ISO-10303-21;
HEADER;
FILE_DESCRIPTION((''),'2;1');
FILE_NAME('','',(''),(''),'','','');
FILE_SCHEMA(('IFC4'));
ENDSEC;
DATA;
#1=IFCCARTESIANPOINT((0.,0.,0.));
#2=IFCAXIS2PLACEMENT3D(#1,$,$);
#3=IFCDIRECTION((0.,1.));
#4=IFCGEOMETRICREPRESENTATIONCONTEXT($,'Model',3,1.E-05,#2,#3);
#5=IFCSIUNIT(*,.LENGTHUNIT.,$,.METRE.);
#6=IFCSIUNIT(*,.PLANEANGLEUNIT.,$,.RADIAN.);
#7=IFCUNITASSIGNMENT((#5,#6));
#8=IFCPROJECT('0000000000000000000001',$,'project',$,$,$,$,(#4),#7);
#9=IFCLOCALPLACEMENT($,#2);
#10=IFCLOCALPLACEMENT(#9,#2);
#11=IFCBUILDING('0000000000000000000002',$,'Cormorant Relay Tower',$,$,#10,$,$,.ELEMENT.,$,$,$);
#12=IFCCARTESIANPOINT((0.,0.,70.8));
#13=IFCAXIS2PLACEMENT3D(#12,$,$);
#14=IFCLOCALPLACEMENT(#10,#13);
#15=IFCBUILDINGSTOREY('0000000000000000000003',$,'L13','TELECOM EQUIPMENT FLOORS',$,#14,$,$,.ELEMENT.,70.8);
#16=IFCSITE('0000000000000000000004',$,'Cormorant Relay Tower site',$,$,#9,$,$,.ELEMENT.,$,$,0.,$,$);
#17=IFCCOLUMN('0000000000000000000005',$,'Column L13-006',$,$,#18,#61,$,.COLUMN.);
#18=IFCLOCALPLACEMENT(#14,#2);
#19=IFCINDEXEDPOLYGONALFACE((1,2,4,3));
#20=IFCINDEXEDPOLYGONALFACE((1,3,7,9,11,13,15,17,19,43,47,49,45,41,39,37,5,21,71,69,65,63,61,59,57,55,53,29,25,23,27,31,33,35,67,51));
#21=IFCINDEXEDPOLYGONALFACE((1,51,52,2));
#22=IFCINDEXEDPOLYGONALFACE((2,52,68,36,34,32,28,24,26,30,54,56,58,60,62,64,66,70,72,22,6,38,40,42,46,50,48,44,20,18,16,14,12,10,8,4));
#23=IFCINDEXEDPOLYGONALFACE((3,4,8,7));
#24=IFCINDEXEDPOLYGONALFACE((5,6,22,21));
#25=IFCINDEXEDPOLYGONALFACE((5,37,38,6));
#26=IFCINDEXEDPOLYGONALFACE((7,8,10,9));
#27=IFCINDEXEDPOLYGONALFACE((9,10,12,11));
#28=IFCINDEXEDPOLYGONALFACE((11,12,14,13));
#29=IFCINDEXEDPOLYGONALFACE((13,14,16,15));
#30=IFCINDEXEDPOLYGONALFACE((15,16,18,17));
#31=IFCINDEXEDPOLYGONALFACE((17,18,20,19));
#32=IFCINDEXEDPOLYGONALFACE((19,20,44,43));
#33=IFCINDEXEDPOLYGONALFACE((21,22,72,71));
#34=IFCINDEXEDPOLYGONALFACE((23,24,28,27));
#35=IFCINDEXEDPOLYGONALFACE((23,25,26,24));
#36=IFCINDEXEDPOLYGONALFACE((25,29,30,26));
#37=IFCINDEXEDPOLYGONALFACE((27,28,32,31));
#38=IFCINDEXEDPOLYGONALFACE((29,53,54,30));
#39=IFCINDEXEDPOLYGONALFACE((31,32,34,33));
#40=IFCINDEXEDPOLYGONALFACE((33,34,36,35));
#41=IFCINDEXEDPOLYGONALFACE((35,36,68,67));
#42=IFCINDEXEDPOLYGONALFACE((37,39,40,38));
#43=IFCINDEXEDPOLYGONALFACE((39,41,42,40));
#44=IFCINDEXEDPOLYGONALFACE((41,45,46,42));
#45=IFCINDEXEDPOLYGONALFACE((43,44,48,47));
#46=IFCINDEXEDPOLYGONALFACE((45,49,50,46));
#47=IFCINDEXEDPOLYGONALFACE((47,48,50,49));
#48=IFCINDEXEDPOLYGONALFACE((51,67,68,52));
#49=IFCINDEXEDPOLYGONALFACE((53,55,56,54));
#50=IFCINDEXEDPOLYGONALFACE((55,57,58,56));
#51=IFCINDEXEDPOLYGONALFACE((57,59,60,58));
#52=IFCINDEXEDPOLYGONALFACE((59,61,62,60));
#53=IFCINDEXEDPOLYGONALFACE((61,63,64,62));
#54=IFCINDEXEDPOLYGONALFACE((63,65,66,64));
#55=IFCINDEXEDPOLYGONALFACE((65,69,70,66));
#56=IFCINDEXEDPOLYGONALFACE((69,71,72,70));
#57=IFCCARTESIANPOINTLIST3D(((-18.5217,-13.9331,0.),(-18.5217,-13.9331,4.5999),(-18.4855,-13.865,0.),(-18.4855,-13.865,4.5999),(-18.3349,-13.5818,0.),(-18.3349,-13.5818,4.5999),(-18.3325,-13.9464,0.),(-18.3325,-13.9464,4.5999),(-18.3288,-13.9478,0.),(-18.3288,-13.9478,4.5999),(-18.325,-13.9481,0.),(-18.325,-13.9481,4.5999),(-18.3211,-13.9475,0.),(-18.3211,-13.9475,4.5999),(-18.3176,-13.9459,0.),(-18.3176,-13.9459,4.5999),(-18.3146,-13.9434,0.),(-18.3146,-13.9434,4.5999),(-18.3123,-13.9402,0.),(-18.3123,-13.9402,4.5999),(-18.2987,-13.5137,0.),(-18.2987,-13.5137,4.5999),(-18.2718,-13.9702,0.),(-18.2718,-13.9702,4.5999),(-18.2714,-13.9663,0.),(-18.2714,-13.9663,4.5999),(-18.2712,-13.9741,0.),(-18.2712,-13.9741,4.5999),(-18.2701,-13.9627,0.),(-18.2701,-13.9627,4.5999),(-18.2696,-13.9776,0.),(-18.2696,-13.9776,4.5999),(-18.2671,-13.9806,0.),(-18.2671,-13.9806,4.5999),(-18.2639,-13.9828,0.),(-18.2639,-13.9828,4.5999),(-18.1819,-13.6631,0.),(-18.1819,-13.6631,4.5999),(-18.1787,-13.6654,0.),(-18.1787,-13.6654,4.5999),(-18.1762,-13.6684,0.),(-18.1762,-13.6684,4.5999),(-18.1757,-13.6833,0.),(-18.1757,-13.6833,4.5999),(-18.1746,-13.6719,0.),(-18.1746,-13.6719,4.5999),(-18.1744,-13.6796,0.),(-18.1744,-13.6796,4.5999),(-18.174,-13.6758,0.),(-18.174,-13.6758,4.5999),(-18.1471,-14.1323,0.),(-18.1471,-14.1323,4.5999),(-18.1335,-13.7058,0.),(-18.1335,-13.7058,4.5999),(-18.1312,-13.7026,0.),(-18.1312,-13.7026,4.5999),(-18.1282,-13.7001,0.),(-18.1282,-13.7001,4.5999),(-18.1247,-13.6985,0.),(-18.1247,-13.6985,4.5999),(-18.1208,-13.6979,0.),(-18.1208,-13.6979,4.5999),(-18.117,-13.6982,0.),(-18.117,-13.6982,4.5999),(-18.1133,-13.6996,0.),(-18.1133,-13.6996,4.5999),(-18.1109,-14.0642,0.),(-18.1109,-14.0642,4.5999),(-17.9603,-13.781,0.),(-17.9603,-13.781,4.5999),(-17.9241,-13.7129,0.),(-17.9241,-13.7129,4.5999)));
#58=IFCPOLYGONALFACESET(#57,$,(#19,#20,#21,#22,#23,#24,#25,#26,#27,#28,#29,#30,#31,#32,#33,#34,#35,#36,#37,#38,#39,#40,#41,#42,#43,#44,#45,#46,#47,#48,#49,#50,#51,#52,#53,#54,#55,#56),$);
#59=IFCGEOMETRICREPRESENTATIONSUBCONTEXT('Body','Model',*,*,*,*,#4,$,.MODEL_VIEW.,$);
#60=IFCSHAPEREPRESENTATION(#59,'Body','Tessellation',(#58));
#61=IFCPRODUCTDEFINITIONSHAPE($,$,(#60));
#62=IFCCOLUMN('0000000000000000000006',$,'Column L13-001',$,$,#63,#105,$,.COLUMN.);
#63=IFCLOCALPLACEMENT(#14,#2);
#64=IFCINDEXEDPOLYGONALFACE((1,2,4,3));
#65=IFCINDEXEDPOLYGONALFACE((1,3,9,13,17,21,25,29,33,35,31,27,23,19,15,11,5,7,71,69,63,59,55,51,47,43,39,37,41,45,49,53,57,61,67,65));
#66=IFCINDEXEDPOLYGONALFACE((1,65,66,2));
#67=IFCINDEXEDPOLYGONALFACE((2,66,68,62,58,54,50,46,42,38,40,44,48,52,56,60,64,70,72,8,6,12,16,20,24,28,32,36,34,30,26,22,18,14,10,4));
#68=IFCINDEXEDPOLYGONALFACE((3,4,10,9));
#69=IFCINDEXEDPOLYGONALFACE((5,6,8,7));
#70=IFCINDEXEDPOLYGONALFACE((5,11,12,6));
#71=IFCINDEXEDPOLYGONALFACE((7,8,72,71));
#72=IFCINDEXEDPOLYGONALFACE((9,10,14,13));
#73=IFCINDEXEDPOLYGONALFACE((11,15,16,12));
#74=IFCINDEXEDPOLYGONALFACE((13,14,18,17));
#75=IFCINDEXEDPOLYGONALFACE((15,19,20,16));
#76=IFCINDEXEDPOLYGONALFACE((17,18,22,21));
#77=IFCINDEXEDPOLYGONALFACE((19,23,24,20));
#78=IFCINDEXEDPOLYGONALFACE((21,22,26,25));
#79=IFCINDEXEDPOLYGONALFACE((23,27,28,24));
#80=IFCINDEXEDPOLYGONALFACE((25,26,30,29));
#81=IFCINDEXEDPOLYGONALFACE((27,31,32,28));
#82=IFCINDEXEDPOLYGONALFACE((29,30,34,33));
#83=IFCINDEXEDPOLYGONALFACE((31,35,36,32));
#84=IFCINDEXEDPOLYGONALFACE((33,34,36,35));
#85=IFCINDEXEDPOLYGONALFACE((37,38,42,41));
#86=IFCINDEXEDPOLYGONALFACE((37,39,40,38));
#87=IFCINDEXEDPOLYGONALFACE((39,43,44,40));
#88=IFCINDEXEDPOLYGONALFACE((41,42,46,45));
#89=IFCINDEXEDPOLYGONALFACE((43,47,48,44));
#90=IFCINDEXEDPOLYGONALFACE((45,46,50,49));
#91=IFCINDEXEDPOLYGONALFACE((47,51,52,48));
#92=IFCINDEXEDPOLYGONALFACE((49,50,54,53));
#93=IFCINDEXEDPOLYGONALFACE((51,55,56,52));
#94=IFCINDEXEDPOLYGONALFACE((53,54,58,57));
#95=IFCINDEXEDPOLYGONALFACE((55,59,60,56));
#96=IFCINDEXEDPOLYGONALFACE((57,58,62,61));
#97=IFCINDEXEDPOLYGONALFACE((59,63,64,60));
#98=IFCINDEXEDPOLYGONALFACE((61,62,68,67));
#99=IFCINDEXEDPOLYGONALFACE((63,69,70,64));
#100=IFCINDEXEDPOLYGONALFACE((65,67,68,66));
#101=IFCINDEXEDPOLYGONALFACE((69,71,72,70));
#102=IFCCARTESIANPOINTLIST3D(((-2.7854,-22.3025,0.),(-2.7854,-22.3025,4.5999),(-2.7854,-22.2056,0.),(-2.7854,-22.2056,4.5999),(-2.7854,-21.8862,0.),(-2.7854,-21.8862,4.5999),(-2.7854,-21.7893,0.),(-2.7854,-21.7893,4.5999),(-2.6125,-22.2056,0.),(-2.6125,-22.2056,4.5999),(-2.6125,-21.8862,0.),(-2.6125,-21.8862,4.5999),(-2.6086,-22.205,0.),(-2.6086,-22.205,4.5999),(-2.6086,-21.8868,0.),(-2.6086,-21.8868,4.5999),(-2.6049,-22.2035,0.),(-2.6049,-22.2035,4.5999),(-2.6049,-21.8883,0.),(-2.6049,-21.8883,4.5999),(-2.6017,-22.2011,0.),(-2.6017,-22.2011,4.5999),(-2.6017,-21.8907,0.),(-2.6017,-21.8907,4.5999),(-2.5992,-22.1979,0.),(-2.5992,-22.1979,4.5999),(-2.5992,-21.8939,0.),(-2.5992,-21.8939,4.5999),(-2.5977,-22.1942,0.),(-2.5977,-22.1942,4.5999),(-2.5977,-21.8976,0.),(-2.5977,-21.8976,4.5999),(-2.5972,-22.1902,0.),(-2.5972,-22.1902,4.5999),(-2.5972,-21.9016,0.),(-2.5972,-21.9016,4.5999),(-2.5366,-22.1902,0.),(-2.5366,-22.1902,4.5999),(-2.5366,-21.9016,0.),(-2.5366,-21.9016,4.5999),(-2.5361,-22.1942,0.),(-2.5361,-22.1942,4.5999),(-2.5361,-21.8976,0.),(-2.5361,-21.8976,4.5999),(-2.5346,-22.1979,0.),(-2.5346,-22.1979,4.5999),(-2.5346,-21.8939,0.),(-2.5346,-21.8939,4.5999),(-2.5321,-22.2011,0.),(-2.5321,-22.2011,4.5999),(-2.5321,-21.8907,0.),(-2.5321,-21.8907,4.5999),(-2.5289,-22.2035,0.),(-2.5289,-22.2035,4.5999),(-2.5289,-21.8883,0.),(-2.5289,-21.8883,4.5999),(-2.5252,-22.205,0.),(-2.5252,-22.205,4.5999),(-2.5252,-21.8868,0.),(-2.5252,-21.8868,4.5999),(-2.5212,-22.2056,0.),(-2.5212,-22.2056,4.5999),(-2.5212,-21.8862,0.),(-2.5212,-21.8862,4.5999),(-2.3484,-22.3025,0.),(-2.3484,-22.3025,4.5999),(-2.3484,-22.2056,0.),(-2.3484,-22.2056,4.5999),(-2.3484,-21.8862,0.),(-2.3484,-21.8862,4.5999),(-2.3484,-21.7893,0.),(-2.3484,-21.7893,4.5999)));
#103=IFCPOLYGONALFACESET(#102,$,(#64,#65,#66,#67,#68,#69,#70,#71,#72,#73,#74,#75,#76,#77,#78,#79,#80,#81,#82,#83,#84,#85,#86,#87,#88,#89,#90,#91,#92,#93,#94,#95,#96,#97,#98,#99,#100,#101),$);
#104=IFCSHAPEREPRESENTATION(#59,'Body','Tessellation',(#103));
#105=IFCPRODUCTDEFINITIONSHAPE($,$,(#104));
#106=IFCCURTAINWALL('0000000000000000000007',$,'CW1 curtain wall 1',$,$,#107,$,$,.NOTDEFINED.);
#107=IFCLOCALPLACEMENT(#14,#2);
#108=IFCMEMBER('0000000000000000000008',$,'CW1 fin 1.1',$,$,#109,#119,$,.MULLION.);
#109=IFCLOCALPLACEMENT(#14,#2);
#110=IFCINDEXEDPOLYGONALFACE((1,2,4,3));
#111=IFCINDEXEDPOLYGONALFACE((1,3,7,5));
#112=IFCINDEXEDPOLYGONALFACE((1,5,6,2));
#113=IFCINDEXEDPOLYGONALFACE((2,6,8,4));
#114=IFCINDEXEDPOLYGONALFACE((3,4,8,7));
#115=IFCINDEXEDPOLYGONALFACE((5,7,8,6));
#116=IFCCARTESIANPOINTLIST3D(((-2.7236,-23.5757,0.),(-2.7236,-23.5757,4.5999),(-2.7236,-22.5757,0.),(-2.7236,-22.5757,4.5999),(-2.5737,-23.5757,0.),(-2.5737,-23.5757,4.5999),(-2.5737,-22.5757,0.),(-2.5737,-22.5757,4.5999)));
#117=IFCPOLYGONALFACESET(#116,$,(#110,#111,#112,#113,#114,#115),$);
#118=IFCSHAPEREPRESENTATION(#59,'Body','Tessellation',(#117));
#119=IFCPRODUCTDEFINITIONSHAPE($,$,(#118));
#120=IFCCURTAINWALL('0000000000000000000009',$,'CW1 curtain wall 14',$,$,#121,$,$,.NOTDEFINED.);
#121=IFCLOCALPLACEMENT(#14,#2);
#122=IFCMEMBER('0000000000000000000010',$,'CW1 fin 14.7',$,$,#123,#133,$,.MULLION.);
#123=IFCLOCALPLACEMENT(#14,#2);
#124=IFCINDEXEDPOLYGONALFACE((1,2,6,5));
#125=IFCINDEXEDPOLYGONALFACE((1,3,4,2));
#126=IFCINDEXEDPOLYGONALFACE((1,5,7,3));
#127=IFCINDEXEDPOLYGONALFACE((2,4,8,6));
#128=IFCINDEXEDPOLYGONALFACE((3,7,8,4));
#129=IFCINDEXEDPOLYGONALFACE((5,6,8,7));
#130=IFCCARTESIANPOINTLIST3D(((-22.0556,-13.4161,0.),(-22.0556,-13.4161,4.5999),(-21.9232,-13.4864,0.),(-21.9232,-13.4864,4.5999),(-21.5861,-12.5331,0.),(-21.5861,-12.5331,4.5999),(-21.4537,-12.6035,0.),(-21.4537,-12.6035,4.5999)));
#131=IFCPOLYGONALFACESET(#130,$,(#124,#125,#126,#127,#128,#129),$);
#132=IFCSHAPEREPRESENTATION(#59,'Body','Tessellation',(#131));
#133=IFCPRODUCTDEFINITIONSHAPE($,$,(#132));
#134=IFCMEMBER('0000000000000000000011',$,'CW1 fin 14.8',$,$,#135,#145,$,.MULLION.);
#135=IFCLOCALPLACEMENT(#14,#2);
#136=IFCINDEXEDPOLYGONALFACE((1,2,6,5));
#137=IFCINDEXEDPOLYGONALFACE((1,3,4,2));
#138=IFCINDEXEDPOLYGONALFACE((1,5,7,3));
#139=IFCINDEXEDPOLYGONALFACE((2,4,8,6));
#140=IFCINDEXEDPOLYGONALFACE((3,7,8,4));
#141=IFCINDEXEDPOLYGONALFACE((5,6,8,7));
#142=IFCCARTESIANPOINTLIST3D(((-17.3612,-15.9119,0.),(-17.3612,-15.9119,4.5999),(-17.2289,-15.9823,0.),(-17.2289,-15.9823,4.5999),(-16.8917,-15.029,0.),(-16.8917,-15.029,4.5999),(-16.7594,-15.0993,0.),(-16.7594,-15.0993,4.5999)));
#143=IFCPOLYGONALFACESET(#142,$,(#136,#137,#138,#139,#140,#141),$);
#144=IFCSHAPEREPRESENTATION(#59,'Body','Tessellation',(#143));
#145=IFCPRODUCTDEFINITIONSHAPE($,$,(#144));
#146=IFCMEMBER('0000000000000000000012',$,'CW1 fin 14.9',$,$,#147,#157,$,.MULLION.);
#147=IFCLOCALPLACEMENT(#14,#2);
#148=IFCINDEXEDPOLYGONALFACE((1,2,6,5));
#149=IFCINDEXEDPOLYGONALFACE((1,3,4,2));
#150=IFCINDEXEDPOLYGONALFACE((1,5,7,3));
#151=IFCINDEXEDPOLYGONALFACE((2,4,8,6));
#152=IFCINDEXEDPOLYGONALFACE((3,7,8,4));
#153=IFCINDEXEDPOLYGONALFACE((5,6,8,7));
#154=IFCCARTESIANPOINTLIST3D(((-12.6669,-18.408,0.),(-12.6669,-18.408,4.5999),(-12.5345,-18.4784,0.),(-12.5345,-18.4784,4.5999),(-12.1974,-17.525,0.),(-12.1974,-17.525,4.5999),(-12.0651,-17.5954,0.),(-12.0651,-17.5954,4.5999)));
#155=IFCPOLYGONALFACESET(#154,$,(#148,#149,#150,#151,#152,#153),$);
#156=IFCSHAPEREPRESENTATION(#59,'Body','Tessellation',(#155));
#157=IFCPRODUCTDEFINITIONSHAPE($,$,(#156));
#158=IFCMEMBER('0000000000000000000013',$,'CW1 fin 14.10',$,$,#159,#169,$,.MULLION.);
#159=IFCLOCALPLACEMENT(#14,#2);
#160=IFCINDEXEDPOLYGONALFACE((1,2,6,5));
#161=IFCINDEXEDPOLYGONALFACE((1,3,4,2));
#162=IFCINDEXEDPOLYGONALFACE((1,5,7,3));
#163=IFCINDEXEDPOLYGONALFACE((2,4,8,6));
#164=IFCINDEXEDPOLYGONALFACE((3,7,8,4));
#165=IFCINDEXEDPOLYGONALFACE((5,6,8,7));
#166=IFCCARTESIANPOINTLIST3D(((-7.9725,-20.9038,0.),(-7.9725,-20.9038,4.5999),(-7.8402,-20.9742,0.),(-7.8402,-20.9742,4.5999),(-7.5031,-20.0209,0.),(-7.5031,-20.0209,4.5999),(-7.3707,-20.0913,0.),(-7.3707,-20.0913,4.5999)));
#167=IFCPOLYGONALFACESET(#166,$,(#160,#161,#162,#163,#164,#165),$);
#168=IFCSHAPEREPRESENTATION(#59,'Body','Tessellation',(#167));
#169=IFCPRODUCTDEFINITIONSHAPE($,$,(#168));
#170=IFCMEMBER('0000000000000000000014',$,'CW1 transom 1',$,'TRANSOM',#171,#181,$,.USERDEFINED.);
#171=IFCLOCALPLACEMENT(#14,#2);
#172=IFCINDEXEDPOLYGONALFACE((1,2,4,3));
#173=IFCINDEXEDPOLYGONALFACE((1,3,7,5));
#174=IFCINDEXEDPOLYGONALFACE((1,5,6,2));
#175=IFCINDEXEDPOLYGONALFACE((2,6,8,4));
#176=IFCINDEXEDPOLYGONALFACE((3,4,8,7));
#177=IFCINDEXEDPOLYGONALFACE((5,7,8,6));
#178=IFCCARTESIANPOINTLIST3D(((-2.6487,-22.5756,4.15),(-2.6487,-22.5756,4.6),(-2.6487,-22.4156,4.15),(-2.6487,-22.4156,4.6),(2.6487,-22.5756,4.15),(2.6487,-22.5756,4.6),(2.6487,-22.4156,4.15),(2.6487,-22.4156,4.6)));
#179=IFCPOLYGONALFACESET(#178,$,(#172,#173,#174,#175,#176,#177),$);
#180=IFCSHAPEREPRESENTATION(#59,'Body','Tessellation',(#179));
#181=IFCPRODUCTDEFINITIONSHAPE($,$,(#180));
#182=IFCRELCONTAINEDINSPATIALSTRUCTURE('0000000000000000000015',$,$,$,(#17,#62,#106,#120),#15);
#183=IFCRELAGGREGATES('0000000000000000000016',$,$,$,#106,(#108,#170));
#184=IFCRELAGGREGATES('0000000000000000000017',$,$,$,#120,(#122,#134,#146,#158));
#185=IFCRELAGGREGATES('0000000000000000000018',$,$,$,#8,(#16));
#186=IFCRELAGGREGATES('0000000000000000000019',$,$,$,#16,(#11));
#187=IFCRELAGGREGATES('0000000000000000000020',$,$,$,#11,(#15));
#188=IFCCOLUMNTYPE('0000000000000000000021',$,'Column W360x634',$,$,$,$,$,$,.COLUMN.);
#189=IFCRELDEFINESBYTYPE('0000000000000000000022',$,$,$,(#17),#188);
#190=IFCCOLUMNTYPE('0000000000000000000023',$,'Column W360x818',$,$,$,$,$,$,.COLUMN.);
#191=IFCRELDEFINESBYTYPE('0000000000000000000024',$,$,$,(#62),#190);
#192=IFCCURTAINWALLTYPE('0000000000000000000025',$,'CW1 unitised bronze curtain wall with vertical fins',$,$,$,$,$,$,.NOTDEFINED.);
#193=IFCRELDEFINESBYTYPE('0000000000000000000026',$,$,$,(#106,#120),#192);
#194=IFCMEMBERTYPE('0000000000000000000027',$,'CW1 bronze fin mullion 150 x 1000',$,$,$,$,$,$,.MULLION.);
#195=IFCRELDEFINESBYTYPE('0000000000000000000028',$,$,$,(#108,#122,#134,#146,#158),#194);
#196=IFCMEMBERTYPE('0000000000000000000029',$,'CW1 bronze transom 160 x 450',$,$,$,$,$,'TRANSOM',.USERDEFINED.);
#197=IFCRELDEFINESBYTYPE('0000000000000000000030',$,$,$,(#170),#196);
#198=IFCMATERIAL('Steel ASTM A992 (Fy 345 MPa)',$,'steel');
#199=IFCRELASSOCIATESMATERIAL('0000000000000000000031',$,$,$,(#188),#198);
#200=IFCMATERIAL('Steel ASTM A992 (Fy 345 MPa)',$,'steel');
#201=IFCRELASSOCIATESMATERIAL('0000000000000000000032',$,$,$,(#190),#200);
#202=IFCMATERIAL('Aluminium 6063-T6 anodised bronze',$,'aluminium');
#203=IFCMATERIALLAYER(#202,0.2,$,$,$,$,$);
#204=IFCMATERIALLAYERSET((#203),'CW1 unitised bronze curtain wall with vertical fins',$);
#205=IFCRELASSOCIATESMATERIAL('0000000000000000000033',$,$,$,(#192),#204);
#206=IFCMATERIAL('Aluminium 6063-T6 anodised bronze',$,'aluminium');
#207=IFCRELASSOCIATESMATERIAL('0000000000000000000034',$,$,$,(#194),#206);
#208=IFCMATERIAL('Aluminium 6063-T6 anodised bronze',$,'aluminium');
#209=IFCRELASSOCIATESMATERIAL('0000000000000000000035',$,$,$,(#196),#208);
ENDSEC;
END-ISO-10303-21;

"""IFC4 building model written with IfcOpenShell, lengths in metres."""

from ifc_helpers import new_model, si_unit, direction, frame, origin, origin_2d, place, context, subcontext, project, spatial, rectangle, i_section, extrude, material, layer, layer_set, material_profile, profile_set, type_object, element, aggregate, save


model = new_model("IFC4")

# Units and contexts
model_context = context("Model", 3, precision=1e-05, world=origin(), true_north=direction((0.0, 1.0)))
body_context = subcontext(model_context, "Body", "Model", "MODEL_VIEW")
ifc_project = project(units=[si_unit("LENGTHUNIT", "METRE"), si_unit("PLANEANGLEUNIT", "RADIAN")], contexts=[model_context])

# Site, building, storey
site_placement = place(None, origin())
site = spatial("IfcSite", under=ifc_project, at=site_placement, Name="Cormorant Relay Tower site", CompositionType="ELEMENT", RefElevation=0.0)
building_placement = place(site_placement, origin())
building = spatial("IfcBuilding", under=site, at=building_placement, Name="Cormorant Relay Tower", CompositionType="ELEMENT")
storey_placement = place(building_placement, frame((0.0, 0.0, 70.8)))
storey = spatial("IfcBuildingStorey", under=building, at=storey_placement, Name="L13", Description="TELECOM EQUIPMENT FLOORS", CompositionType="ELEMENT", Elevation=70.8)

# Columns
ifc_material_1 = material(Name="Steel ASTM A992 (Fy 345 MPa)", Category="steel")
ifc_material_profile_1 = material_profile(ifc_material_1, i_section(OverallWidth=0.4243, OverallDepth=0.4751, WebThickness=0.0479, FlangeThickness=0.0771, FilletRadius=0.0149, at=origin_2d()), Name="W360x634")
ifc_profile_set_1 = profile_set([ifc_material_profile_1], Name="Steel ASTM A992 (Fy 345 MPa)")
column_type_1 = type_object("IfcColumnType", Name="Column W360x634", PredefinedType="COLUMN", material=ifc_profile_set_1)
for number, where, z_axis, x_axis, name in (
    (1, (-18.2229, -13.823, 0.0), (0.0, 0.0, 1.0), (0.882948, -0.469472, 0.0), "Column L13-006"),
):
    element("IfcColumn", number, at=place(storey_placement, frame(where, z_axis=z_axis, x_axis=x_axis)), inside=storey, type_object=column_type_1, Name=name, PredefinedType="COLUMN", context=body_context, shape_type="SweptSolid", body=[
        extrude(i_section(OverallWidth=0.4243, OverallDepth=0.4751, WebThickness=0.0479, FlangeThickness=0.0771, FilletRadius=0.0149, at=origin_2d()), origin(), (0.0, 0.0, 1.0), 4.5999),
    ])
ifc_material_2 = material(Name="Steel ASTM A992 (Fy 345 MPa)", Category="steel")
ifc_material_profile_2 = material_profile(ifc_material_2, i_section(OverallWidth=0.437, OverallDepth=0.5132, WebThickness=0.0605, FlangeThickness=0.0969, FilletRadius=0.0154, at=origin_2d()), Name="W360x818")
ifc_profile_set_2 = profile_set([ifc_material_profile_2], Name="Steel ASTM A992 (Fy 345 MPa)")
column_type_2 = type_object("IfcColumnType", Name="Column W360x818", PredefinedType="COLUMN", material=ifc_profile_set_2)
column_placement = place(storey_placement, frame((-2.5669, -22.0459, 0.0), z_axis=(0.0, 0.0, 1.0), x_axis=(1.0, 0.0, 0.0)))
element("IfcColumn", 2, at=column_placement, inside=storey, type_object=column_type_2, Name="Column L13-001", PredefinedType="COLUMN", context=body_context, shape_type="SweptSolid", body=[
    extrude(i_section(OverallWidth=0.437, OverallDepth=0.5132, WebThickness=0.0605, FlangeThickness=0.0969, FilletRadius=0.0154, at=origin_2d()), origin(), (0.0, 0.0, 1.0), 4.5999),
])

# Curtain wall, member
ifc_material_3 = material(Name="Aluminium 6063-T6 anodised bronze", Category="aluminium")
ifc_layer_1 = layer(ifc_material_3, 0.2)
ifc_layer_set_1 = layer_set([ifc_layer_1], Name="CW1 unitised bronze curtain wall with vertical fins")
curtain_wall_type = type_object("IfcCurtainWallType", Name="CW1 unitised bronze curtain wall with vertical fins", PredefinedType="NOTDEFINED", material=ifc_layer_set_1)
curtain_wall_1_placement = place(storey_placement, origin())
curtain_wall_1 = element("IfcCurtainWall", 3, at=curtain_wall_1_placement, inside=storey, type_object=curtain_wall_type, Name="CW1 curtain wall 1", PredefinedType="NOTDEFINED")
ifc_material_4 = material(Name="Aluminium 6063-T6 anodised bronze", Category="aluminium")
ifc_material_profile_3 = material_profile(ifc_material_4, rectangle(XDim=0.1499, YDim=1.0, at=origin_2d()), Name="AL 150x1000")
ifc_profile_set_3 = profile_set([ifc_material_profile_3], Name="Aluminium 6063-T6 anodised bronze")
member_type_1 = type_object("IfcMemberType", Name="CW1 bronze fin mullion 150 x 1000", PredefinedType="MULLION", material=ifc_profile_set_3)
member_1_placement = place(storey_placement, frame((-2.6487, -23.0757, 0.0), z_axis=(0.0, 0.0, 1.0), x_axis=(1.0, 0.0, 0.0)))
member_1 = element("IfcMember", 4, at=member_1_placement, type_object=member_type_1, Name="CW1 fin 1.1", PredefinedType="MULLION", context=body_context, shape_type="SweptSolid", body=[
    extrude(rectangle(XDim=0.1499, YDim=1.0, at=origin_2d()), origin(), (0.0, 0.0, 1.0), 4.5999),
])

# Curtain wall, members
curtain_wall_2_placement = place(storey_placement, origin())
curtain_wall_2 = element("IfcCurtainWall", 5, at=curtain_wall_2_placement, inside=storey, type_object=curtain_wall_type, Name="CW1 curtain wall 14", PredefinedType="NOTDEFINED")
member_2_placement = place(storey_placement, frame((-21.7546, -13.0098, 0.0), z_axis=(0.0, 0.0, 1.0), x_axis=(0.882948, -0.469472, 0.0)))
member_2 = element("IfcMember", 6, at=member_2_placement, type_object=member_type_1, Name="CW1 fin 14.7", PredefinedType="MULLION", context=body_context, shape_type="SweptSolid", body=[
    extrude(rectangle(XDim=0.1499, YDim=1.0, at=origin_2d()), origin(), (0.0, 0.0, 1.0), 4.5999),
])
member_3_placement = place(storey_placement, frame((-17.0603, -15.5056, 0.0), z_axis=(0.0, 0.0, 1.0), x_axis=(0.882948, -0.469472, 0.0)))
member_3 = element("IfcMember", 7, at=member_3_placement, type_object=member_type_1, Name="CW1 fin 14.8", PredefinedType="MULLION", context=body_context, shape_type="SweptSolid", body=[
    extrude(rectangle(XDim=0.1499, YDim=1.0, at=origin_2d()), origin(), (0.0, 0.0, 1.0), 4.5999),
])
member_4_placement = place(storey_placement, frame((-12.366, -18.0017, 0.0), z_axis=(0.0, 0.0, 1.0), x_axis=(0.882948, -0.469472, 0.0)))
member_4 = element("IfcMember", 8, at=member_4_placement, type_object=member_type_1, Name="CW1 fin 14.9", PredefinedType="MULLION", context=body_context, shape_type="SweptSolid", body=[
    extrude(rectangle(XDim=0.1499, YDim=1.0, at=origin_2d()), origin(), (0.0, 0.0, 1.0), 4.5999),
])
member_5_placement = place(storey_placement, frame((-7.6716, -20.4976, 0.0), z_axis=(0.0, 0.0, 1.0), x_axis=(0.882948, -0.469472, 0.0)))
member_5 = element("IfcMember", 9, at=member_5_placement, type_object=member_type_1, Name="CW1 fin 14.10", PredefinedType="MULLION", context=body_context, shape_type="SweptSolid", body=[
    extrude(rectangle(XDim=0.1499, YDim=1.0, at=origin_2d()), origin(), (0.0, 0.0, 1.0), 4.5999),
])

# Member
ifc_material_5 = material(Name="Aluminium 6063-T6 anodised bronze", Category="aluminium")
ifc_material_profile_4 = material_profile(ifc_material_5, rectangle(XDim=0.1599, YDim=0.45, at=origin_2d()), Name="AL 160x450")
ifc_profile_set_4 = profile_set([ifc_material_profile_4], Name="Aluminium 6063-T6 anodised bronze")
member_type_2 = type_object("IfcMemberType", Name="CW1 bronze transom 160 x 450", ElementType="TRANSOM", PredefinedType="USERDEFINED", material=ifc_profile_set_4)
member_6_placement = place(storey_placement, frame((-2.6487, -22.4956, 4.375), z_axis=(1.0, 0.0, 0.0), x_axis=(0.0, 1.0, 0.0)))
member_6 = element("IfcMember", 10, at=member_6_placement, type_object=member_type_2, Name="CW1 transom 1", ObjectType="TRANSOM", PredefinedType="USERDEFINED", context=body_context, shape_type="SweptSolid", body=[
    extrude(rectangle(XDim=0.1599, YDim=0.45, at=origin_2d()), origin(), (0.0, 0.0, 1.0), 5.2974),
])

aggregate(curtain_wall_1, [member_1, member_6])
aggregate(curtain_wall_2, [member_2, member_3, member_4, member_5])

save(model, "model.ifc")
